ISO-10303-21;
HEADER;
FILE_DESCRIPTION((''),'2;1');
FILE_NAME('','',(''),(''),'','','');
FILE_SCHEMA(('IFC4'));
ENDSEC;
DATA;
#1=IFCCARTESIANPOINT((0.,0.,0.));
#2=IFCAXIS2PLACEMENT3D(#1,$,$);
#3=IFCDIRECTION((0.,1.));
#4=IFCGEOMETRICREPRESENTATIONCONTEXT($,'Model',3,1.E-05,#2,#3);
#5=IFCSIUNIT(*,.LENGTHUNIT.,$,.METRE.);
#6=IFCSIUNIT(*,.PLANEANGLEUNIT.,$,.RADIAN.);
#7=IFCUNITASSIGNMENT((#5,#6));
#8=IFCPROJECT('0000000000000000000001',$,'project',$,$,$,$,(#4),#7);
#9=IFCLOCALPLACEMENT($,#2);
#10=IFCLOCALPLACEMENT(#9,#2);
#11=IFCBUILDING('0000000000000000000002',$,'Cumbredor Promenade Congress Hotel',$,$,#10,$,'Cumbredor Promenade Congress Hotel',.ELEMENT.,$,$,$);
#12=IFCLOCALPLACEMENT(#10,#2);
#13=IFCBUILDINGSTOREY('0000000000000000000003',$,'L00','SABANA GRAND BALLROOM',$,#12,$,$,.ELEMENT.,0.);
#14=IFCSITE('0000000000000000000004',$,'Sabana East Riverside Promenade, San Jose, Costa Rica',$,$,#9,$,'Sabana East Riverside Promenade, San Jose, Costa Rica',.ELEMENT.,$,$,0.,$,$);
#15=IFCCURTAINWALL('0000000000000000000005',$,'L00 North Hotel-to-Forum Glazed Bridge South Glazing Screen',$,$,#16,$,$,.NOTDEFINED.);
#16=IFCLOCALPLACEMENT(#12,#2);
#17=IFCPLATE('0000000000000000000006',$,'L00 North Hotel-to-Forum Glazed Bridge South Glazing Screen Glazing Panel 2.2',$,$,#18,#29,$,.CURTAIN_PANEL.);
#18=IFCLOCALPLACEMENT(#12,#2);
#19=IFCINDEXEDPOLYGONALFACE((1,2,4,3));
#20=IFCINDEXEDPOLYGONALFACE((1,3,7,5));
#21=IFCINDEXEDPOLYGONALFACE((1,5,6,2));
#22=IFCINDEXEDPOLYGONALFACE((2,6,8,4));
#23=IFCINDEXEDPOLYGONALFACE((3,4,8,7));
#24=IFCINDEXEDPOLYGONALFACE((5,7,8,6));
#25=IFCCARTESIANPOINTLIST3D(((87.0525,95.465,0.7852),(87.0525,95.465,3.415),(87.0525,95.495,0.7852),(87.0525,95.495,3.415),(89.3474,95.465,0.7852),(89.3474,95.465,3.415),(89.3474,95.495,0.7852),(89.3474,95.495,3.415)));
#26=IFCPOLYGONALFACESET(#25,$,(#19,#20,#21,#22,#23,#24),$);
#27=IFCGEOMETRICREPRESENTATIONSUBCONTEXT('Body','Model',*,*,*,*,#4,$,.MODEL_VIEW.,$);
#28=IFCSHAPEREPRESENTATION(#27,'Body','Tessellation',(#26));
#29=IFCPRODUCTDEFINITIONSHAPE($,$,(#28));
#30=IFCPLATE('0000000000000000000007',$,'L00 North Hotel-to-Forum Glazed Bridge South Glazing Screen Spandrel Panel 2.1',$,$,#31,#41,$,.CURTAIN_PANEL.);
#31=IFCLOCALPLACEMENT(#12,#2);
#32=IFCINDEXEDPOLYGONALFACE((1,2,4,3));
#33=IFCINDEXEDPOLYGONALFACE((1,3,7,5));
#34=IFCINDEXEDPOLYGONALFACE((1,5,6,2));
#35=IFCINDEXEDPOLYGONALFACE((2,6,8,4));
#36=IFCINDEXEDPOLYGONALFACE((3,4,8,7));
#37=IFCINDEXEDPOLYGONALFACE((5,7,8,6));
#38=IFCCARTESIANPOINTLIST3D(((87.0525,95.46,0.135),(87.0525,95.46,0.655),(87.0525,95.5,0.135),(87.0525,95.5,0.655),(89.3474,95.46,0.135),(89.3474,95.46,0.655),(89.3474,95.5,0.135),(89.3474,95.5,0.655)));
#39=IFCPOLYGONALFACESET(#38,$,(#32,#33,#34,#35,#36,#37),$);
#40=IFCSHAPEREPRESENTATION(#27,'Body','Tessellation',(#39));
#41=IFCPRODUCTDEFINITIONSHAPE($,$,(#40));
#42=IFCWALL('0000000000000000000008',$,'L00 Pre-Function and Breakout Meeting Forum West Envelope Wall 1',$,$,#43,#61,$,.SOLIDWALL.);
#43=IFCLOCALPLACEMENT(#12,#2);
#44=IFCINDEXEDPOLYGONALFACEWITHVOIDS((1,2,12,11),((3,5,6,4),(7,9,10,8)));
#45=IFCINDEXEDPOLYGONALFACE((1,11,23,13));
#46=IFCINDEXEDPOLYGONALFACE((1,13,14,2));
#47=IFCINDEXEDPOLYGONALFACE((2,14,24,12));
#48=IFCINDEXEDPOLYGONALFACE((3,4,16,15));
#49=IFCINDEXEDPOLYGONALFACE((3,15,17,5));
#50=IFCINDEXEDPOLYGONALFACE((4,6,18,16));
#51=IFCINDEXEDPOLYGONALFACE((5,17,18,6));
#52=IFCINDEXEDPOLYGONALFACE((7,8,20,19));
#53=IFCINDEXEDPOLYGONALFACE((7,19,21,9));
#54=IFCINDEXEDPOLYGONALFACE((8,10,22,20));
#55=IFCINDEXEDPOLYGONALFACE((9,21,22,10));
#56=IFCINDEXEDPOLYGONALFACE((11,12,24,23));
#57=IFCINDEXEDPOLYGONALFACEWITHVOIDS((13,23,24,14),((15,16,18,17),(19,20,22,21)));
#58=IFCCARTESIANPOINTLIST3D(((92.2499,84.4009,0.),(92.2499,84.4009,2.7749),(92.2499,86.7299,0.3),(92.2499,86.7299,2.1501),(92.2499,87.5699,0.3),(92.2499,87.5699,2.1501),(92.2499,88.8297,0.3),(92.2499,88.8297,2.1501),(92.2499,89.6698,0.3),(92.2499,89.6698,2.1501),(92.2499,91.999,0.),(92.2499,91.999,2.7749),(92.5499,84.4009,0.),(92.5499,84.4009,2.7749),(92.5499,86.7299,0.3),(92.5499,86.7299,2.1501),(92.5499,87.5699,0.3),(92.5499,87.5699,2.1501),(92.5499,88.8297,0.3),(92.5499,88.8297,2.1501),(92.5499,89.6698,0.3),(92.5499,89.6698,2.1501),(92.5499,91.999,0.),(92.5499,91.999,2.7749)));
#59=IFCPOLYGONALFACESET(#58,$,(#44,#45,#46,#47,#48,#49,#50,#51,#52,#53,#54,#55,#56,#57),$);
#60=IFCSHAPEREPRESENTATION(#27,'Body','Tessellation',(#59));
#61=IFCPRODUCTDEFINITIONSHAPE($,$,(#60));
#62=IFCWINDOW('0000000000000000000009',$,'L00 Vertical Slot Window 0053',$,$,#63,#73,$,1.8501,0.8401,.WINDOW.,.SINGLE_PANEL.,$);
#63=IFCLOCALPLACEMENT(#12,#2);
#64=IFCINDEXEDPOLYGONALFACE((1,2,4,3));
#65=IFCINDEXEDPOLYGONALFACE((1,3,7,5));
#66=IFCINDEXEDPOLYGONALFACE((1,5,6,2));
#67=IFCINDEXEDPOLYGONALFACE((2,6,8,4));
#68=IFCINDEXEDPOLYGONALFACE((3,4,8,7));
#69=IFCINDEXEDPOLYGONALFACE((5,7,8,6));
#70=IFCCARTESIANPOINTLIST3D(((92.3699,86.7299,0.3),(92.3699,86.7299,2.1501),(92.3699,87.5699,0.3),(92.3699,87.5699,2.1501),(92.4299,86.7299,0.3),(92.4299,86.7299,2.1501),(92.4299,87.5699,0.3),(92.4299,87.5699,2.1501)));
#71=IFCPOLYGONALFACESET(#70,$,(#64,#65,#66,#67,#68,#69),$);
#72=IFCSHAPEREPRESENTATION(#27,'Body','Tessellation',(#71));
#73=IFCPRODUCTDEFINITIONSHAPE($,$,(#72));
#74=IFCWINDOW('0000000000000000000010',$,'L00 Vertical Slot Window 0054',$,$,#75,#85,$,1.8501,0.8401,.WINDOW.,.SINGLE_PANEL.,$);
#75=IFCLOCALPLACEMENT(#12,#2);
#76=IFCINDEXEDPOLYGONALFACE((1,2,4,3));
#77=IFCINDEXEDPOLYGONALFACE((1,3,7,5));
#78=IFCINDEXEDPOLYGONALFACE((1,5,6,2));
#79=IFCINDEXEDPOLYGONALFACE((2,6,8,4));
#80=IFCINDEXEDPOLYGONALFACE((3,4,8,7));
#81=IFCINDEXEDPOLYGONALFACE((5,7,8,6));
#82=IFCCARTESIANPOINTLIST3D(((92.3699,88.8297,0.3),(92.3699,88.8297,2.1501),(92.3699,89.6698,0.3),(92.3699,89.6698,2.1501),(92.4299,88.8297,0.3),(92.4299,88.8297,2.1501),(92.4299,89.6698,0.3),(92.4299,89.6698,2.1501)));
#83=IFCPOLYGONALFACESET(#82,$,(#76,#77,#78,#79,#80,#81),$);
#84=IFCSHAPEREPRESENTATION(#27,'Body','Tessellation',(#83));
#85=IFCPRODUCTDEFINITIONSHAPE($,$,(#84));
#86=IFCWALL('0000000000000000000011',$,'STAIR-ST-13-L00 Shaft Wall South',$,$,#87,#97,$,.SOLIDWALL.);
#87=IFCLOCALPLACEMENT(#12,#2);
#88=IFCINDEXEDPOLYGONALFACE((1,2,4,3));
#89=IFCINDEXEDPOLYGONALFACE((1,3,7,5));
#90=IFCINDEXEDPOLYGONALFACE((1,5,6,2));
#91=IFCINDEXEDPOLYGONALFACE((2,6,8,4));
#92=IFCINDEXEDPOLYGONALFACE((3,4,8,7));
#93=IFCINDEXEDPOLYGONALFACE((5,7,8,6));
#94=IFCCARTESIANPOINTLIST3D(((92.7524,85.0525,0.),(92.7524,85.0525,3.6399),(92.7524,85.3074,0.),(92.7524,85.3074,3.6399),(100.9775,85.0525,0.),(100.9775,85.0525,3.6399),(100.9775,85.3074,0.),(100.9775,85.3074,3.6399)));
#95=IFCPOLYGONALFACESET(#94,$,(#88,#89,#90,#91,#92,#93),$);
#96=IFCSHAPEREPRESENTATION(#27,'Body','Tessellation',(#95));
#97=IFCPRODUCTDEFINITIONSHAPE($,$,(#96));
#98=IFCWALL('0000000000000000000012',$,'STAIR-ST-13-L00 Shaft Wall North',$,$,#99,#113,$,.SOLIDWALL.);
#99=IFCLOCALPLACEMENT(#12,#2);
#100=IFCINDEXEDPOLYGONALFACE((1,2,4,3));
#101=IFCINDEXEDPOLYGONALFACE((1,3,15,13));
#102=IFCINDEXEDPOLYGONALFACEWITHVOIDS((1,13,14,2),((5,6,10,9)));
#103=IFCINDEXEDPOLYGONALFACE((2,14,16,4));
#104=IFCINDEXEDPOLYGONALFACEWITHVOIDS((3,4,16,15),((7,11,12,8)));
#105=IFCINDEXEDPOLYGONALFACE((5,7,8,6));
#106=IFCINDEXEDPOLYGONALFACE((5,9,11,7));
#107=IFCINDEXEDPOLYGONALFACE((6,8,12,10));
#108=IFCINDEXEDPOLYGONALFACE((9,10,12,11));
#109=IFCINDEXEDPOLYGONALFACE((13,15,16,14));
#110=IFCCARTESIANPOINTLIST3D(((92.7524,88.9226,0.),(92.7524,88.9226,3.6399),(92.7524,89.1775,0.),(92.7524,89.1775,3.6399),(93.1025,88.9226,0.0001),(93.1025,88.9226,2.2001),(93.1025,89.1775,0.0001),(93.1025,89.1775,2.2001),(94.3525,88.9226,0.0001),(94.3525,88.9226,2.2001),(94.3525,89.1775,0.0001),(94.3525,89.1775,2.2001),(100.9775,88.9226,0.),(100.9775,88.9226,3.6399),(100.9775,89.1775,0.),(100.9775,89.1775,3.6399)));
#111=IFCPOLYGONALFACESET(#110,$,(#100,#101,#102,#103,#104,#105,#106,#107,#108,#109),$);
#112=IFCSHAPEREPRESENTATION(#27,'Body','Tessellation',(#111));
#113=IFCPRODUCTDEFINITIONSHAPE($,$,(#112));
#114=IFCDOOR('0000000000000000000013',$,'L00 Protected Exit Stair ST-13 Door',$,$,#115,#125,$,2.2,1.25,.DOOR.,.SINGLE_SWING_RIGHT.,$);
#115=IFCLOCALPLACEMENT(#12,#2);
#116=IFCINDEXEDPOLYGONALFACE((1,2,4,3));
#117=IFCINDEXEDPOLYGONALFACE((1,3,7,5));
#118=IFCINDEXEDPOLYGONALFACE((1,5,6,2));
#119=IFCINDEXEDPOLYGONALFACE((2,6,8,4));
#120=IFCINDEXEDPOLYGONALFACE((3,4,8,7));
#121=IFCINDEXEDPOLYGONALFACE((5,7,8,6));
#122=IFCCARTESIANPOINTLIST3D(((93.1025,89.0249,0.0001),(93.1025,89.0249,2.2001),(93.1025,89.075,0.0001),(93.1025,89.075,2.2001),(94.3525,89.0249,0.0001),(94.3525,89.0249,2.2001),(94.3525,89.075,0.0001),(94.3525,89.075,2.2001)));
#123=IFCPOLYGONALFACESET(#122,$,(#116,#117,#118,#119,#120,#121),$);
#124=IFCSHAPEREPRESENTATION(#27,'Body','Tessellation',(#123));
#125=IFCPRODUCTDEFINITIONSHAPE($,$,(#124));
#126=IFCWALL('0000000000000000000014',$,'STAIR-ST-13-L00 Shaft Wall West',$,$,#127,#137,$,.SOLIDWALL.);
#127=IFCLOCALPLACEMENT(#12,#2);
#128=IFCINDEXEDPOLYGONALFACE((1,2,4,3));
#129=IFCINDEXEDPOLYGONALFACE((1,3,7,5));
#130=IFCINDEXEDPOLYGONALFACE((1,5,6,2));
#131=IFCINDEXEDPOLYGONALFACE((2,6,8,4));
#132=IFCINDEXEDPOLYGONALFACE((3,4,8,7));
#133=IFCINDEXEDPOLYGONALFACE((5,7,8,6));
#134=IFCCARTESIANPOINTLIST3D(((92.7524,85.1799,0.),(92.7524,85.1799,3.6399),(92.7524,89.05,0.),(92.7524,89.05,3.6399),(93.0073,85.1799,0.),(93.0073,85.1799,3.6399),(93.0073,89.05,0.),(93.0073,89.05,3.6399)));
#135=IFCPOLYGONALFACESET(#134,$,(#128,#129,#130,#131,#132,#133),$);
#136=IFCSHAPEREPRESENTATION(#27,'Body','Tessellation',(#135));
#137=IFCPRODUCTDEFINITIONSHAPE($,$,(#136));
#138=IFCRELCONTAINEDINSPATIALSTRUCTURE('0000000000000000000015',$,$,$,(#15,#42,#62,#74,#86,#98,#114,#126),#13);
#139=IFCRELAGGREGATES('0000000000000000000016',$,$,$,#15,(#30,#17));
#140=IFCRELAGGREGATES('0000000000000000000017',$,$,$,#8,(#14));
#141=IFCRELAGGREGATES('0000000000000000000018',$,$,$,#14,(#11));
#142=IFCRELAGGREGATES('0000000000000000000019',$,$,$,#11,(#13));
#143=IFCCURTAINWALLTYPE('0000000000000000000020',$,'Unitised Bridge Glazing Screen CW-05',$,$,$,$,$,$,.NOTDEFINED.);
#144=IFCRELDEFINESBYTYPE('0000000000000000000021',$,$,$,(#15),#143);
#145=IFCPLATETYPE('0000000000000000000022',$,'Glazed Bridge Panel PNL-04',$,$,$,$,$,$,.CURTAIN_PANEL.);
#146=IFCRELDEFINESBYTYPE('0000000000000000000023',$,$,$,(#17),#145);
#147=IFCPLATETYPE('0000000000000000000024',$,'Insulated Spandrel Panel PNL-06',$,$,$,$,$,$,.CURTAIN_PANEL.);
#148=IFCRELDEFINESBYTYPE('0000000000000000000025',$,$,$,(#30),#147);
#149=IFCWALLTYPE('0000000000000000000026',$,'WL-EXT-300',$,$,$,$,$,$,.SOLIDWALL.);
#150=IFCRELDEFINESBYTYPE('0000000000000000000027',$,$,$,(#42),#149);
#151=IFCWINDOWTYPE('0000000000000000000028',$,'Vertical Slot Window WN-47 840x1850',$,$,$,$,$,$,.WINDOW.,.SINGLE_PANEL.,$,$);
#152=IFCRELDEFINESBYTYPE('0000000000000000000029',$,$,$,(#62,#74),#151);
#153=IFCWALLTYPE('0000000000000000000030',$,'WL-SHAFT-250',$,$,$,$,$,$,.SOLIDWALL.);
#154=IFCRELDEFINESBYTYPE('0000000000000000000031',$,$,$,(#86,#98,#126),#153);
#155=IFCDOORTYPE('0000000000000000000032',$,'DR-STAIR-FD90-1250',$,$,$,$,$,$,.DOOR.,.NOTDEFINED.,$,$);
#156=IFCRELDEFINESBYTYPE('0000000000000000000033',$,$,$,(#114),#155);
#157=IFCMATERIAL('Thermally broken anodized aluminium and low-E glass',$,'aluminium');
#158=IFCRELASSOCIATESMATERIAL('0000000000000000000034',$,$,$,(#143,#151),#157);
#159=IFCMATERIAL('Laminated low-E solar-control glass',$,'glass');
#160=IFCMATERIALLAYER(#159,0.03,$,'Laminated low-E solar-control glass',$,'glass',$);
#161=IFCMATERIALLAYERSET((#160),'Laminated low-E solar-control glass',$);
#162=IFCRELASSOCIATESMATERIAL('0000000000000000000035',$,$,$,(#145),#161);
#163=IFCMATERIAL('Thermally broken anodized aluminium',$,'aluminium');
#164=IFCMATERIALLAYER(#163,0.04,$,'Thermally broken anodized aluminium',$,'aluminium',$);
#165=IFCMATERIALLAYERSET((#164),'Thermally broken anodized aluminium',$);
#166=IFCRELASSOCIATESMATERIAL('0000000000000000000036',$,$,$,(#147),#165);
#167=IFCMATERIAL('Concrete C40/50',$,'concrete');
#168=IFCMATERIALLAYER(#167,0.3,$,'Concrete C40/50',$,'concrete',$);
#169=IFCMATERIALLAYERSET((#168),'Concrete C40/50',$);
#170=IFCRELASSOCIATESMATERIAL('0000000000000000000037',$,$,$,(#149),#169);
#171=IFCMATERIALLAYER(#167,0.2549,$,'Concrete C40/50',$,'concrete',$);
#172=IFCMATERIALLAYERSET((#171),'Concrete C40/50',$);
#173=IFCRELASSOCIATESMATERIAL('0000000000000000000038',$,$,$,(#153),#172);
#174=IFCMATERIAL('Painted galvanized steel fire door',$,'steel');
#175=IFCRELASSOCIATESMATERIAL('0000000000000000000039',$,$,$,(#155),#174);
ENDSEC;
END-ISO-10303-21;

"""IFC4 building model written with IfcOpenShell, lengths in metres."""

from ifc_helpers import new_model, si_unit, direction, frame, frame_2d, origin, origin_2d, place, context, subcontext, project, spatial, rectangle, extrude, material, layer, layer_set, type_object, element, fill, aggregate, save


model = new_model("IFC4")

# Units and contexts
model_context = context("Model", 3, precision=1e-05, world=origin(), true_north=direction((0.0, 1.0)))
body_context = subcontext(model_context, "Body", "Model", "MODEL_VIEW")
ifc_project = project(units=[si_unit("LENGTHUNIT", "METRE"), si_unit("PLANEANGLEUNIT", "RADIAN")], contexts=[model_context])

# Site, building, storey
site_placement = place(None, origin())
site = spatial("IfcSite", under=ifc_project, at=site_placement, Name="Sabana East Riverside Promenade, San Jose, Costa Rica", LongName="Sabana East Riverside Promenade, San Jose, Costa Rica", CompositionType="ELEMENT", RefElevation=0.0)
building_placement = place(site_placement, origin())
building = spatial("IfcBuilding", under=site, at=building_placement, Name="Cumbredor Promenade Congress Hotel", LongName="Cumbredor Promenade Congress Hotel", CompositionType="ELEMENT")
storey_placement = place(building_placement, origin())
storey = spatial("IfcBuildingStorey", under=building, at=storey_placement, Name="L00", Description="SABANA GRAND BALLROOM", CompositionType="ELEMENT", Elevation=0.0)

# Shared definitions
ifc_material_1 = material(Name="Concrete C40/50", Category="concrete")

# Curtain wall
ifc_material_2 = material(Name="Thermally broken anodized aluminium and low-E glass", Category="aluminium")
curtain_wall_type_1 = type_object("IfcCurtainWallType", Name="Unitised Bridge Glazing Screen CW-05", PredefinedType="NOTDEFINED", material=ifc_material_2)
curtain_wall_1_placement = place(storey_placement, origin())
curtain_wall_1 = element("IfcCurtainWall", 1, at=curtain_wall_1_placement, inside=storey, type_object=curtain_wall_type_1, Name="L00 North Hotel-to-Forum Glazed Bridge South Glazing Screen", PredefinedType="NOTDEFINED")
ifc_material_3 = material(Name="Thermally broken anodized aluminium", Category="aluminium")

# Plates
ifc_material_4 = material(Name="Laminated low-E solar-control glass", Category="glass")
ifc_layer_1 = layer(ifc_material_4, 0.03, Name="Laminated low-E solar-control glass", Category="glass")
ifc_layer_set_1 = layer_set([ifc_layer_1], Name="Laminated low-E solar-control glass")
plate_type_1 = type_object("IfcPlateType", Name="Glazed Bridge Panel PNL-04", PredefinedType="CURTAIN_PANEL", material=ifc_layer_set_1)
plate_1_placement = place(storey_placement, frame((88.2, 95.48, 0.7852), z_axis=(0.0, 0.0, 1.0), x_axis=(1.0, 0.0, 0.0)))
plate_1 = element("IfcPlate", 2, at=plate_1_placement, type_object=plate_type_1, Name="L00 North Hotel-to-Forum Glazed Bridge South Glazing Screen Glazing Panel 2.2", PredefinedType="CURTAIN_PANEL", context=body_context, shape_type="SweptSolid", body=[
    extrude(rectangle(XDim=2.2949, YDim=0.03, at=origin_2d()), origin(), (0.0, 0.0, 1.0), 2.6299),
])
ifc_layer_2 = layer(ifc_material_3, 0.04, Name="Thermally broken anodized aluminium", Category="aluminium")
ifc_layer_set_2 = layer_set([ifc_layer_2], Name="Thermally broken anodized aluminium")
plate_type_2 = type_object("IfcPlateType", Name="Insulated Spandrel Panel PNL-06", PredefinedType="CURTAIN_PANEL", material=ifc_layer_set_2)
plate_2_placement = place(storey_placement, frame((88.2, 95.48, 0.135), z_axis=(0.0, 0.0, 1.0), x_axis=(1.0, 0.0, 0.0)))
plate_2 = element("IfcPlate", 3, at=plate_2_placement, type_object=plate_type_2, Name="L00 North Hotel-to-Forum Glazed Bridge South Glazing Screen Spandrel Panel 2.1", PredefinedType="CURTAIN_PANEL", context=body_context, shape_type="SweptSolid", body=[
    extrude(rectangle(XDim=2.2949, YDim=0.04, at=origin_2d()), origin(), (0.0, 0.0, 1.0), 0.52),
])
aggregate(curtain_wall_1, [plate_2, plate_1])

# Wall, openings, windows
ifc_layer_3 = layer(ifc_material_1, 0.3, Name="Concrete C40/50", Category="concrete")
ifc_layer_set_3 = layer_set([ifc_layer_3], Name="Concrete C40/50")
wall_type_1 = type_object("IfcWallType", Name="WL-EXT-300", PredefinedType="SOLIDWALL", material=ifc_layer_set_3)
wall_1_placement = place(storey_placement, frame((92.3999, 84.4009, 0.0), z_axis=(0.0, 0.0, 1.0), x_axis=(0.0, 1.0, 0.0)))
wall_1 = element("IfcWall", 4, at=wall_1_placement, inside=storey, type_object=wall_type_1, Name="L00 Pre-Function and Breakout Meeting Forum West Envelope Wall 1", PredefinedType="SOLIDWALL", context=body_context, shape_type="SweptSolid", body=[
    extrude(rectangle(XDim=7.5981, YDim=0.3, at=frame_2d((3.7991, 0.0))), origin(), (0.0, 0.0, 1.0), 2.7749),
])
opening_1_placement = place(wall_1_placement, frame((2.3291, 0.0, 0.3)))
opening_1 = element("IfcOpeningElement", 5, at=opening_1_placement, cuts=wall_1, PredefinedType="OPENING", context=body_context, shape_type="SweptSolid", body=[
    extrude(rectangle(XDim=0.8401, YDim=1.8501, at=frame_2d((0.4199, 0.925))), frame((0.0, 0.1602, 0.0), z_axis=(0.0, -1.0, 0.0), x_axis=(1.0, 0.0, 0.0)), (0.0, 0.0, 1.0), 0.3201),
])
opening_2_placement = place(wall_1_placement, frame((4.429, 0.0, 0.3)))
opening_2 = element("IfcOpeningElement", 6, at=opening_2_placement, cuts=wall_1, PredefinedType="OPENING", context=body_context, shape_type="SweptSolid", body=[
    extrude(rectangle(XDim=0.8401, YDim=1.8501, at=frame_2d((0.4199, 0.925))), frame((0.0, 0.1602, 0.0), z_axis=(0.0, -1.0, 0.0), x_axis=(1.0, 0.0, 0.0)), (0.0, 0.0, 1.0), 0.3201),
])
window_type = type_object("IfcWindowType", Name="Vertical Slot Window WN-47 840x1850", PartitioningType="SINGLE_PANEL", PredefinedType="WINDOW", material=ifc_material_2)
window_1_placement = place(opening_1_placement, origin())
window_1 = element("IfcWindow", 7, at=window_1_placement, inside=storey, type_object=window_type, Name="L00 Vertical Slot Window 0053", OverallHeight=1.8501, OverallWidth=0.8401, PartitioningType="SINGLE_PANEL", PredefinedType="WINDOW", context=body_context, shape_type="SweptSolid", body=[
    extrude(rectangle(XDim=0.8401, YDim=1.8501, at=frame_2d((0.4199, 0.925))), frame((0.0, 0.03, 0.0), z_axis=(0.0, -1.0, 0.0), x_axis=(1.0, 0.0, 0.0)), (0.0, 0.0, 1.0), 0.0601),
])
fill(opening_1, window_1)
window_2_placement = place(opening_2_placement, origin())
window_2 = element("IfcWindow", 8, at=window_2_placement, inside=storey, type_object=window_type, Name="L00 Vertical Slot Window 0054", OverallHeight=1.8501, OverallWidth=0.8401, PartitioningType="SINGLE_PANEL", PredefinedType="WINDOW", context=body_context, shape_type="SweptSolid", body=[
    extrude(rectangle(XDim=0.8401, YDim=1.8501, at=frame_2d((0.4199, 0.925))), frame((0.0, 0.03, 0.0), z_axis=(0.0, -1.0, 0.0), x_axis=(1.0, 0.0, 0.0)), (0.0, 0.0, 1.0), 0.0601),
])
fill(opening_2, window_2)

# Wall
ifc_layer_4 = layer(ifc_material_1, 0.2549, Name="Concrete C40/50", Category="concrete")
ifc_layer_set_4 = layer_set([ifc_layer_4], Name="Concrete C40/50")
wall_type_2 = type_object("IfcWallType", Name="WL-SHAFT-250", PredefinedType="SOLIDWALL", material=ifc_layer_set_4)
wall_2_placement = place(storey_placement, frame((92.7524, 85.1799, 0.0), z_axis=(0.0, 0.0, 1.0), x_axis=(1.0, 0.0, 0.0)))
element("IfcWall", 9, at=wall_2_placement, inside=storey, type_object=wall_type_2, Name="STAIR-ST-13-L00 Shaft Wall South", PredefinedType="SOLIDWALL", context=body_context, shape_type="SweptSolid", body=[
    extrude(rectangle(XDim=8.2251, YDim=0.2549, at=frame_2d((4.1125, 0.0))), origin(), (0.0, 0.0, 1.0), 3.6399),
])

# Wall, opening, door
wall_3_placement = place(storey_placement, frame((92.7524, 89.05, 0.0), z_axis=(0.0, 0.0, 1.0), x_axis=(1.0, 0.0, 0.0)))
wall_3 = element("IfcWall", 10, at=wall_3_placement, inside=storey, type_object=wall_type_2, Name="STAIR-ST-13-L00 Shaft Wall North", PredefinedType="SOLIDWALL", context=body_context, shape_type="SweptSolid", body=[
    extrude(rectangle(XDim=8.2251, YDim=0.2549, at=frame_2d((4.1125, 0.0))), origin(), (0.0, 0.0, 1.0), 3.6399),
])
opening_3_placement = place(wall_3_placement, frame((0.3501, 0.0, 0.0)))
opening_3 = element("IfcOpeningElement", 11, at=opening_3_placement, cuts=wall_3, PredefinedType="OPENING", context=body_context, shape_type="SweptSolid", body=[
    extrude(rectangle(XDim=1.25, YDim=2.2, at=frame_2d((0.625, 1.1001))), frame((0.0, 0.1375, 0.0), z_axis=(0.0, -1.0, 0.0), x_axis=(1.0, 0.0, 0.0)), (0.0, 0.0, 1.0), 0.2749),
])
ifc_material_5 = material(Name="Painted galvanized steel fire door", Category="steel")
door_type = type_object("IfcDoorType", Name="DR-STAIR-FD90-1250", OperationType="NOTDEFINED", PredefinedType="DOOR", material=ifc_material_5)
door_placement = place(opening_3_placement, origin())
door = element("IfcDoor", 12, at=door_placement, inside=storey, type_object=door_type, Name="L00 Protected Exit Stair ST-13 Door", OperationType="SINGLE_SWING_RIGHT", OverallHeight=2.2, OverallWidth=1.25, PredefinedType="DOOR", context=body_context, shape_type="SweptSolid", body=[
    extrude(rectangle(XDim=1.25, YDim=2.2, at=frame_2d((0.625, 1.1001))), frame((0.0, 0.0249, 0.0), z_axis=(0.0, -1.0, 0.0), x_axis=(1.0, 0.0, 0.0)), (0.0, 0.0, 1.0), 0.05),
])
fill(opening_3, door)

# Wall
wall_4_placement = place(storey_placement, frame((92.8799, 85.1799, 0.0), z_axis=(0.0, 0.0, 1.0), x_axis=(0.0, 1.0, 0.0)))
element("IfcWall", 13, at=wall_4_placement, inside=storey, type_object=wall_type_2, Name="STAIR-ST-13-L00 Shaft Wall West", PredefinedType="SOLIDWALL", context=body_context, shape_type="SweptSolid", body=[
    extrude(rectangle(XDim=3.8701, YDim=0.2549, at=frame_2d((1.9351, 0.0))), origin(), (0.0, 0.0, 1.0), 3.6399),
])

save(model, "model.ifc")
